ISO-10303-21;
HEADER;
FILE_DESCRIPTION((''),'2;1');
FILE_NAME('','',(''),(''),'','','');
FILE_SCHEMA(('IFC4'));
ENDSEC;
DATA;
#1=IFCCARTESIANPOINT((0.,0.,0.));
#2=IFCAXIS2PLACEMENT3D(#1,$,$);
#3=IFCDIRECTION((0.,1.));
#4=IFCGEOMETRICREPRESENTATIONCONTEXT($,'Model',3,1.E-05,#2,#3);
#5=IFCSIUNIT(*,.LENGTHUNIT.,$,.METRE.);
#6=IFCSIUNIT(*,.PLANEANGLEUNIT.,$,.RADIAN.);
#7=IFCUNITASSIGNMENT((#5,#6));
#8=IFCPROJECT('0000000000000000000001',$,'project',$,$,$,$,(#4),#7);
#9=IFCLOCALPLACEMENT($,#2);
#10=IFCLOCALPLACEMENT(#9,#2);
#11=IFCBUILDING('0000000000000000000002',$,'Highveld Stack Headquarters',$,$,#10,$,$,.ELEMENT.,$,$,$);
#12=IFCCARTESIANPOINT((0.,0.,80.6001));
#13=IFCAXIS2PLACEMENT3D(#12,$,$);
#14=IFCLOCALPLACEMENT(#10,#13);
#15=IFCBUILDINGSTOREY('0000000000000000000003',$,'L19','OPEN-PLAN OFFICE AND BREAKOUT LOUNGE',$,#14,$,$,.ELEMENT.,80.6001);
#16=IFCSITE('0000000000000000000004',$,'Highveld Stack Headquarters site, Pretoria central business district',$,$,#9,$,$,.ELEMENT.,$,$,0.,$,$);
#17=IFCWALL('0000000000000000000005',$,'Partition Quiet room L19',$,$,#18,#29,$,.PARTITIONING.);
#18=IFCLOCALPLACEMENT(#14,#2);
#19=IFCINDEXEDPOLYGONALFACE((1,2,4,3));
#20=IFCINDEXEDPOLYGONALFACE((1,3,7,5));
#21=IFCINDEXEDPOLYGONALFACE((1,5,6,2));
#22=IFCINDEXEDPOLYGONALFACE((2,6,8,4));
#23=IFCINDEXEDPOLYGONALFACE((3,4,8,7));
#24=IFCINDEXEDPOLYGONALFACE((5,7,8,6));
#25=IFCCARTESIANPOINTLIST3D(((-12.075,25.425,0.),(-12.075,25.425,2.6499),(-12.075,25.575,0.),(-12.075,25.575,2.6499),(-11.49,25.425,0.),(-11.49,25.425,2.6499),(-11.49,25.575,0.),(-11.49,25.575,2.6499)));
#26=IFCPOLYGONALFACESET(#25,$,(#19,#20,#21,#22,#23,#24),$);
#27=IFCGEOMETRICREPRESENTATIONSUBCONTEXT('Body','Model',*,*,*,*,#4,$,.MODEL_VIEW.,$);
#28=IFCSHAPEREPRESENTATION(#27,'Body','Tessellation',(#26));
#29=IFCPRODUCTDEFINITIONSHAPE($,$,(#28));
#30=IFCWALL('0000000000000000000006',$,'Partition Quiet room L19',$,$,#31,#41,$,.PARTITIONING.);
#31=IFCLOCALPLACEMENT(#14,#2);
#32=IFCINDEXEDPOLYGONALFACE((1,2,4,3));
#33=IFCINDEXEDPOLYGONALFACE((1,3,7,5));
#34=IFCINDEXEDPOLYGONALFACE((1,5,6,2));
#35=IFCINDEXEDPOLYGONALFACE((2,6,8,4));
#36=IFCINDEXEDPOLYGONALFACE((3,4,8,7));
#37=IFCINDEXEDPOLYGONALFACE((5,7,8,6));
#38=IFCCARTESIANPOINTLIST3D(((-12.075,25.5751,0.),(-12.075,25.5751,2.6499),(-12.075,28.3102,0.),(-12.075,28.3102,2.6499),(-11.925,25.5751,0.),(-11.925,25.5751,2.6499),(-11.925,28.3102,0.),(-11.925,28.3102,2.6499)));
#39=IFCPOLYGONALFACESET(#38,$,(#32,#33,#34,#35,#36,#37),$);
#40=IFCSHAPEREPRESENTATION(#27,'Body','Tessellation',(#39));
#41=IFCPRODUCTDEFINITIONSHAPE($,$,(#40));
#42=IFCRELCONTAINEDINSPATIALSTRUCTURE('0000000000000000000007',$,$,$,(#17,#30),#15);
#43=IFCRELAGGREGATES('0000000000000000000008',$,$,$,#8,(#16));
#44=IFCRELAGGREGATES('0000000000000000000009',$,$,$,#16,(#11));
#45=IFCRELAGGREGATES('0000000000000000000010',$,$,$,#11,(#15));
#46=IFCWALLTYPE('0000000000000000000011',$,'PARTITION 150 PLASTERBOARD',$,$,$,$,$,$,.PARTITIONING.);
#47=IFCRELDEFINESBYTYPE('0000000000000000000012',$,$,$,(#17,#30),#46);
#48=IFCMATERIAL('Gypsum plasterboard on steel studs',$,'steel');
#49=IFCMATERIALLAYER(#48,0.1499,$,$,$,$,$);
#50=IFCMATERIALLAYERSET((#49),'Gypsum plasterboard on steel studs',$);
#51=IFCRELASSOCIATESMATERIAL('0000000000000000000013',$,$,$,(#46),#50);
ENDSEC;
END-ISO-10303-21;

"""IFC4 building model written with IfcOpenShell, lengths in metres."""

from ifc_helpers import new_model, si_unit, direction, frame, frame_2d, origin, place, context, subcontext, project, spatial, rectangle, extrude, material, layer, layer_set, type_object, element, save


model = new_model("IFC4")

# Units and contexts
model_context = context("Model", 3, precision=1e-05, world=origin(), true_north=direction((0.0, 1.0)))
body_context = subcontext(model_context, "Body", "Model", "MODEL_VIEW")
ifc_project = project(units=[si_unit("LENGTHUNIT", "METRE"), si_unit("PLANEANGLEUNIT", "RADIAN")], contexts=[model_context])

# Site, building, storey
site_placement = place(None, origin())
site = spatial("IfcSite", under=ifc_project, at=site_placement, Name="Highveld Stack Headquarters site, Pretoria central business district", CompositionType="ELEMENT", RefElevation=0.0)
building_placement = place(site_placement, origin())
building = spatial("IfcBuilding", under=site, at=building_placement, Name="Highveld Stack Headquarters", CompositionType="ELEMENT")
storey_placement = place(building_placement, frame((0.0, 0.0, 80.6001)))
storey = spatial("IfcBuildingStorey", under=building, at=storey_placement, Name="L19", Description="OPEN-PLAN OFFICE AND BREAKOUT LOUNGE", CompositionType="ELEMENT", Elevation=80.6001)

# Walls
ifc_material_1 = material(Name="Gypsum plasterboard on steel studs", Category="steel")
ifc_layer_1 = layer(ifc_material_1, 0.1499)
ifc_layer_set_1 = layer_set([ifc_layer_1], Name="Gypsum plasterboard on steel studs")
wall_type = type_object("IfcWallType", Name="PARTITION 150 PLASTERBOARD", PredefinedType="PARTITIONING", material=ifc_layer_set_1)
wall_1_placement = place(storey_placement, frame((-12.075, 25.5, 0.0), z_axis=(0.0, 0.0, 1.0), x_axis=(1.0, 0.0, 0.0)))
element("IfcWall", 1, at=wall_1_placement, inside=storey, type_object=wall_type, Name="Partition Quiet room L19", PredefinedType="PARTITIONING", context=body_context, shape_type="SweptSolid", body=[
    extrude(rectangle(XDim=0.585, YDim=0.1499, at=frame_2d((0.2925, 0.0))), origin(), (0.0, 0.0, 1.0), 2.6499),
])
wall_2_placement = place(storey_placement, frame((-12.0, 25.575, 0.0), z_axis=(0.0, 0.0, 1.0), x_axis=(0.0, 1.0, 0.0)))
element("IfcWall", 2, at=wall_2_placement, inside=storey, type_object=wall_type, Name="Partition Quiet room L19", PredefinedType="PARTITIONING", context=body_context, shape_type="SweptSolid", body=[
    extrude(rectangle(XDim=2.7351, YDim=0.1499, at=frame_2d((1.3677, 0.0))), origin(), (0.0, 0.0, 1.0), 2.6499),
])

save(model, "model.ifc")
